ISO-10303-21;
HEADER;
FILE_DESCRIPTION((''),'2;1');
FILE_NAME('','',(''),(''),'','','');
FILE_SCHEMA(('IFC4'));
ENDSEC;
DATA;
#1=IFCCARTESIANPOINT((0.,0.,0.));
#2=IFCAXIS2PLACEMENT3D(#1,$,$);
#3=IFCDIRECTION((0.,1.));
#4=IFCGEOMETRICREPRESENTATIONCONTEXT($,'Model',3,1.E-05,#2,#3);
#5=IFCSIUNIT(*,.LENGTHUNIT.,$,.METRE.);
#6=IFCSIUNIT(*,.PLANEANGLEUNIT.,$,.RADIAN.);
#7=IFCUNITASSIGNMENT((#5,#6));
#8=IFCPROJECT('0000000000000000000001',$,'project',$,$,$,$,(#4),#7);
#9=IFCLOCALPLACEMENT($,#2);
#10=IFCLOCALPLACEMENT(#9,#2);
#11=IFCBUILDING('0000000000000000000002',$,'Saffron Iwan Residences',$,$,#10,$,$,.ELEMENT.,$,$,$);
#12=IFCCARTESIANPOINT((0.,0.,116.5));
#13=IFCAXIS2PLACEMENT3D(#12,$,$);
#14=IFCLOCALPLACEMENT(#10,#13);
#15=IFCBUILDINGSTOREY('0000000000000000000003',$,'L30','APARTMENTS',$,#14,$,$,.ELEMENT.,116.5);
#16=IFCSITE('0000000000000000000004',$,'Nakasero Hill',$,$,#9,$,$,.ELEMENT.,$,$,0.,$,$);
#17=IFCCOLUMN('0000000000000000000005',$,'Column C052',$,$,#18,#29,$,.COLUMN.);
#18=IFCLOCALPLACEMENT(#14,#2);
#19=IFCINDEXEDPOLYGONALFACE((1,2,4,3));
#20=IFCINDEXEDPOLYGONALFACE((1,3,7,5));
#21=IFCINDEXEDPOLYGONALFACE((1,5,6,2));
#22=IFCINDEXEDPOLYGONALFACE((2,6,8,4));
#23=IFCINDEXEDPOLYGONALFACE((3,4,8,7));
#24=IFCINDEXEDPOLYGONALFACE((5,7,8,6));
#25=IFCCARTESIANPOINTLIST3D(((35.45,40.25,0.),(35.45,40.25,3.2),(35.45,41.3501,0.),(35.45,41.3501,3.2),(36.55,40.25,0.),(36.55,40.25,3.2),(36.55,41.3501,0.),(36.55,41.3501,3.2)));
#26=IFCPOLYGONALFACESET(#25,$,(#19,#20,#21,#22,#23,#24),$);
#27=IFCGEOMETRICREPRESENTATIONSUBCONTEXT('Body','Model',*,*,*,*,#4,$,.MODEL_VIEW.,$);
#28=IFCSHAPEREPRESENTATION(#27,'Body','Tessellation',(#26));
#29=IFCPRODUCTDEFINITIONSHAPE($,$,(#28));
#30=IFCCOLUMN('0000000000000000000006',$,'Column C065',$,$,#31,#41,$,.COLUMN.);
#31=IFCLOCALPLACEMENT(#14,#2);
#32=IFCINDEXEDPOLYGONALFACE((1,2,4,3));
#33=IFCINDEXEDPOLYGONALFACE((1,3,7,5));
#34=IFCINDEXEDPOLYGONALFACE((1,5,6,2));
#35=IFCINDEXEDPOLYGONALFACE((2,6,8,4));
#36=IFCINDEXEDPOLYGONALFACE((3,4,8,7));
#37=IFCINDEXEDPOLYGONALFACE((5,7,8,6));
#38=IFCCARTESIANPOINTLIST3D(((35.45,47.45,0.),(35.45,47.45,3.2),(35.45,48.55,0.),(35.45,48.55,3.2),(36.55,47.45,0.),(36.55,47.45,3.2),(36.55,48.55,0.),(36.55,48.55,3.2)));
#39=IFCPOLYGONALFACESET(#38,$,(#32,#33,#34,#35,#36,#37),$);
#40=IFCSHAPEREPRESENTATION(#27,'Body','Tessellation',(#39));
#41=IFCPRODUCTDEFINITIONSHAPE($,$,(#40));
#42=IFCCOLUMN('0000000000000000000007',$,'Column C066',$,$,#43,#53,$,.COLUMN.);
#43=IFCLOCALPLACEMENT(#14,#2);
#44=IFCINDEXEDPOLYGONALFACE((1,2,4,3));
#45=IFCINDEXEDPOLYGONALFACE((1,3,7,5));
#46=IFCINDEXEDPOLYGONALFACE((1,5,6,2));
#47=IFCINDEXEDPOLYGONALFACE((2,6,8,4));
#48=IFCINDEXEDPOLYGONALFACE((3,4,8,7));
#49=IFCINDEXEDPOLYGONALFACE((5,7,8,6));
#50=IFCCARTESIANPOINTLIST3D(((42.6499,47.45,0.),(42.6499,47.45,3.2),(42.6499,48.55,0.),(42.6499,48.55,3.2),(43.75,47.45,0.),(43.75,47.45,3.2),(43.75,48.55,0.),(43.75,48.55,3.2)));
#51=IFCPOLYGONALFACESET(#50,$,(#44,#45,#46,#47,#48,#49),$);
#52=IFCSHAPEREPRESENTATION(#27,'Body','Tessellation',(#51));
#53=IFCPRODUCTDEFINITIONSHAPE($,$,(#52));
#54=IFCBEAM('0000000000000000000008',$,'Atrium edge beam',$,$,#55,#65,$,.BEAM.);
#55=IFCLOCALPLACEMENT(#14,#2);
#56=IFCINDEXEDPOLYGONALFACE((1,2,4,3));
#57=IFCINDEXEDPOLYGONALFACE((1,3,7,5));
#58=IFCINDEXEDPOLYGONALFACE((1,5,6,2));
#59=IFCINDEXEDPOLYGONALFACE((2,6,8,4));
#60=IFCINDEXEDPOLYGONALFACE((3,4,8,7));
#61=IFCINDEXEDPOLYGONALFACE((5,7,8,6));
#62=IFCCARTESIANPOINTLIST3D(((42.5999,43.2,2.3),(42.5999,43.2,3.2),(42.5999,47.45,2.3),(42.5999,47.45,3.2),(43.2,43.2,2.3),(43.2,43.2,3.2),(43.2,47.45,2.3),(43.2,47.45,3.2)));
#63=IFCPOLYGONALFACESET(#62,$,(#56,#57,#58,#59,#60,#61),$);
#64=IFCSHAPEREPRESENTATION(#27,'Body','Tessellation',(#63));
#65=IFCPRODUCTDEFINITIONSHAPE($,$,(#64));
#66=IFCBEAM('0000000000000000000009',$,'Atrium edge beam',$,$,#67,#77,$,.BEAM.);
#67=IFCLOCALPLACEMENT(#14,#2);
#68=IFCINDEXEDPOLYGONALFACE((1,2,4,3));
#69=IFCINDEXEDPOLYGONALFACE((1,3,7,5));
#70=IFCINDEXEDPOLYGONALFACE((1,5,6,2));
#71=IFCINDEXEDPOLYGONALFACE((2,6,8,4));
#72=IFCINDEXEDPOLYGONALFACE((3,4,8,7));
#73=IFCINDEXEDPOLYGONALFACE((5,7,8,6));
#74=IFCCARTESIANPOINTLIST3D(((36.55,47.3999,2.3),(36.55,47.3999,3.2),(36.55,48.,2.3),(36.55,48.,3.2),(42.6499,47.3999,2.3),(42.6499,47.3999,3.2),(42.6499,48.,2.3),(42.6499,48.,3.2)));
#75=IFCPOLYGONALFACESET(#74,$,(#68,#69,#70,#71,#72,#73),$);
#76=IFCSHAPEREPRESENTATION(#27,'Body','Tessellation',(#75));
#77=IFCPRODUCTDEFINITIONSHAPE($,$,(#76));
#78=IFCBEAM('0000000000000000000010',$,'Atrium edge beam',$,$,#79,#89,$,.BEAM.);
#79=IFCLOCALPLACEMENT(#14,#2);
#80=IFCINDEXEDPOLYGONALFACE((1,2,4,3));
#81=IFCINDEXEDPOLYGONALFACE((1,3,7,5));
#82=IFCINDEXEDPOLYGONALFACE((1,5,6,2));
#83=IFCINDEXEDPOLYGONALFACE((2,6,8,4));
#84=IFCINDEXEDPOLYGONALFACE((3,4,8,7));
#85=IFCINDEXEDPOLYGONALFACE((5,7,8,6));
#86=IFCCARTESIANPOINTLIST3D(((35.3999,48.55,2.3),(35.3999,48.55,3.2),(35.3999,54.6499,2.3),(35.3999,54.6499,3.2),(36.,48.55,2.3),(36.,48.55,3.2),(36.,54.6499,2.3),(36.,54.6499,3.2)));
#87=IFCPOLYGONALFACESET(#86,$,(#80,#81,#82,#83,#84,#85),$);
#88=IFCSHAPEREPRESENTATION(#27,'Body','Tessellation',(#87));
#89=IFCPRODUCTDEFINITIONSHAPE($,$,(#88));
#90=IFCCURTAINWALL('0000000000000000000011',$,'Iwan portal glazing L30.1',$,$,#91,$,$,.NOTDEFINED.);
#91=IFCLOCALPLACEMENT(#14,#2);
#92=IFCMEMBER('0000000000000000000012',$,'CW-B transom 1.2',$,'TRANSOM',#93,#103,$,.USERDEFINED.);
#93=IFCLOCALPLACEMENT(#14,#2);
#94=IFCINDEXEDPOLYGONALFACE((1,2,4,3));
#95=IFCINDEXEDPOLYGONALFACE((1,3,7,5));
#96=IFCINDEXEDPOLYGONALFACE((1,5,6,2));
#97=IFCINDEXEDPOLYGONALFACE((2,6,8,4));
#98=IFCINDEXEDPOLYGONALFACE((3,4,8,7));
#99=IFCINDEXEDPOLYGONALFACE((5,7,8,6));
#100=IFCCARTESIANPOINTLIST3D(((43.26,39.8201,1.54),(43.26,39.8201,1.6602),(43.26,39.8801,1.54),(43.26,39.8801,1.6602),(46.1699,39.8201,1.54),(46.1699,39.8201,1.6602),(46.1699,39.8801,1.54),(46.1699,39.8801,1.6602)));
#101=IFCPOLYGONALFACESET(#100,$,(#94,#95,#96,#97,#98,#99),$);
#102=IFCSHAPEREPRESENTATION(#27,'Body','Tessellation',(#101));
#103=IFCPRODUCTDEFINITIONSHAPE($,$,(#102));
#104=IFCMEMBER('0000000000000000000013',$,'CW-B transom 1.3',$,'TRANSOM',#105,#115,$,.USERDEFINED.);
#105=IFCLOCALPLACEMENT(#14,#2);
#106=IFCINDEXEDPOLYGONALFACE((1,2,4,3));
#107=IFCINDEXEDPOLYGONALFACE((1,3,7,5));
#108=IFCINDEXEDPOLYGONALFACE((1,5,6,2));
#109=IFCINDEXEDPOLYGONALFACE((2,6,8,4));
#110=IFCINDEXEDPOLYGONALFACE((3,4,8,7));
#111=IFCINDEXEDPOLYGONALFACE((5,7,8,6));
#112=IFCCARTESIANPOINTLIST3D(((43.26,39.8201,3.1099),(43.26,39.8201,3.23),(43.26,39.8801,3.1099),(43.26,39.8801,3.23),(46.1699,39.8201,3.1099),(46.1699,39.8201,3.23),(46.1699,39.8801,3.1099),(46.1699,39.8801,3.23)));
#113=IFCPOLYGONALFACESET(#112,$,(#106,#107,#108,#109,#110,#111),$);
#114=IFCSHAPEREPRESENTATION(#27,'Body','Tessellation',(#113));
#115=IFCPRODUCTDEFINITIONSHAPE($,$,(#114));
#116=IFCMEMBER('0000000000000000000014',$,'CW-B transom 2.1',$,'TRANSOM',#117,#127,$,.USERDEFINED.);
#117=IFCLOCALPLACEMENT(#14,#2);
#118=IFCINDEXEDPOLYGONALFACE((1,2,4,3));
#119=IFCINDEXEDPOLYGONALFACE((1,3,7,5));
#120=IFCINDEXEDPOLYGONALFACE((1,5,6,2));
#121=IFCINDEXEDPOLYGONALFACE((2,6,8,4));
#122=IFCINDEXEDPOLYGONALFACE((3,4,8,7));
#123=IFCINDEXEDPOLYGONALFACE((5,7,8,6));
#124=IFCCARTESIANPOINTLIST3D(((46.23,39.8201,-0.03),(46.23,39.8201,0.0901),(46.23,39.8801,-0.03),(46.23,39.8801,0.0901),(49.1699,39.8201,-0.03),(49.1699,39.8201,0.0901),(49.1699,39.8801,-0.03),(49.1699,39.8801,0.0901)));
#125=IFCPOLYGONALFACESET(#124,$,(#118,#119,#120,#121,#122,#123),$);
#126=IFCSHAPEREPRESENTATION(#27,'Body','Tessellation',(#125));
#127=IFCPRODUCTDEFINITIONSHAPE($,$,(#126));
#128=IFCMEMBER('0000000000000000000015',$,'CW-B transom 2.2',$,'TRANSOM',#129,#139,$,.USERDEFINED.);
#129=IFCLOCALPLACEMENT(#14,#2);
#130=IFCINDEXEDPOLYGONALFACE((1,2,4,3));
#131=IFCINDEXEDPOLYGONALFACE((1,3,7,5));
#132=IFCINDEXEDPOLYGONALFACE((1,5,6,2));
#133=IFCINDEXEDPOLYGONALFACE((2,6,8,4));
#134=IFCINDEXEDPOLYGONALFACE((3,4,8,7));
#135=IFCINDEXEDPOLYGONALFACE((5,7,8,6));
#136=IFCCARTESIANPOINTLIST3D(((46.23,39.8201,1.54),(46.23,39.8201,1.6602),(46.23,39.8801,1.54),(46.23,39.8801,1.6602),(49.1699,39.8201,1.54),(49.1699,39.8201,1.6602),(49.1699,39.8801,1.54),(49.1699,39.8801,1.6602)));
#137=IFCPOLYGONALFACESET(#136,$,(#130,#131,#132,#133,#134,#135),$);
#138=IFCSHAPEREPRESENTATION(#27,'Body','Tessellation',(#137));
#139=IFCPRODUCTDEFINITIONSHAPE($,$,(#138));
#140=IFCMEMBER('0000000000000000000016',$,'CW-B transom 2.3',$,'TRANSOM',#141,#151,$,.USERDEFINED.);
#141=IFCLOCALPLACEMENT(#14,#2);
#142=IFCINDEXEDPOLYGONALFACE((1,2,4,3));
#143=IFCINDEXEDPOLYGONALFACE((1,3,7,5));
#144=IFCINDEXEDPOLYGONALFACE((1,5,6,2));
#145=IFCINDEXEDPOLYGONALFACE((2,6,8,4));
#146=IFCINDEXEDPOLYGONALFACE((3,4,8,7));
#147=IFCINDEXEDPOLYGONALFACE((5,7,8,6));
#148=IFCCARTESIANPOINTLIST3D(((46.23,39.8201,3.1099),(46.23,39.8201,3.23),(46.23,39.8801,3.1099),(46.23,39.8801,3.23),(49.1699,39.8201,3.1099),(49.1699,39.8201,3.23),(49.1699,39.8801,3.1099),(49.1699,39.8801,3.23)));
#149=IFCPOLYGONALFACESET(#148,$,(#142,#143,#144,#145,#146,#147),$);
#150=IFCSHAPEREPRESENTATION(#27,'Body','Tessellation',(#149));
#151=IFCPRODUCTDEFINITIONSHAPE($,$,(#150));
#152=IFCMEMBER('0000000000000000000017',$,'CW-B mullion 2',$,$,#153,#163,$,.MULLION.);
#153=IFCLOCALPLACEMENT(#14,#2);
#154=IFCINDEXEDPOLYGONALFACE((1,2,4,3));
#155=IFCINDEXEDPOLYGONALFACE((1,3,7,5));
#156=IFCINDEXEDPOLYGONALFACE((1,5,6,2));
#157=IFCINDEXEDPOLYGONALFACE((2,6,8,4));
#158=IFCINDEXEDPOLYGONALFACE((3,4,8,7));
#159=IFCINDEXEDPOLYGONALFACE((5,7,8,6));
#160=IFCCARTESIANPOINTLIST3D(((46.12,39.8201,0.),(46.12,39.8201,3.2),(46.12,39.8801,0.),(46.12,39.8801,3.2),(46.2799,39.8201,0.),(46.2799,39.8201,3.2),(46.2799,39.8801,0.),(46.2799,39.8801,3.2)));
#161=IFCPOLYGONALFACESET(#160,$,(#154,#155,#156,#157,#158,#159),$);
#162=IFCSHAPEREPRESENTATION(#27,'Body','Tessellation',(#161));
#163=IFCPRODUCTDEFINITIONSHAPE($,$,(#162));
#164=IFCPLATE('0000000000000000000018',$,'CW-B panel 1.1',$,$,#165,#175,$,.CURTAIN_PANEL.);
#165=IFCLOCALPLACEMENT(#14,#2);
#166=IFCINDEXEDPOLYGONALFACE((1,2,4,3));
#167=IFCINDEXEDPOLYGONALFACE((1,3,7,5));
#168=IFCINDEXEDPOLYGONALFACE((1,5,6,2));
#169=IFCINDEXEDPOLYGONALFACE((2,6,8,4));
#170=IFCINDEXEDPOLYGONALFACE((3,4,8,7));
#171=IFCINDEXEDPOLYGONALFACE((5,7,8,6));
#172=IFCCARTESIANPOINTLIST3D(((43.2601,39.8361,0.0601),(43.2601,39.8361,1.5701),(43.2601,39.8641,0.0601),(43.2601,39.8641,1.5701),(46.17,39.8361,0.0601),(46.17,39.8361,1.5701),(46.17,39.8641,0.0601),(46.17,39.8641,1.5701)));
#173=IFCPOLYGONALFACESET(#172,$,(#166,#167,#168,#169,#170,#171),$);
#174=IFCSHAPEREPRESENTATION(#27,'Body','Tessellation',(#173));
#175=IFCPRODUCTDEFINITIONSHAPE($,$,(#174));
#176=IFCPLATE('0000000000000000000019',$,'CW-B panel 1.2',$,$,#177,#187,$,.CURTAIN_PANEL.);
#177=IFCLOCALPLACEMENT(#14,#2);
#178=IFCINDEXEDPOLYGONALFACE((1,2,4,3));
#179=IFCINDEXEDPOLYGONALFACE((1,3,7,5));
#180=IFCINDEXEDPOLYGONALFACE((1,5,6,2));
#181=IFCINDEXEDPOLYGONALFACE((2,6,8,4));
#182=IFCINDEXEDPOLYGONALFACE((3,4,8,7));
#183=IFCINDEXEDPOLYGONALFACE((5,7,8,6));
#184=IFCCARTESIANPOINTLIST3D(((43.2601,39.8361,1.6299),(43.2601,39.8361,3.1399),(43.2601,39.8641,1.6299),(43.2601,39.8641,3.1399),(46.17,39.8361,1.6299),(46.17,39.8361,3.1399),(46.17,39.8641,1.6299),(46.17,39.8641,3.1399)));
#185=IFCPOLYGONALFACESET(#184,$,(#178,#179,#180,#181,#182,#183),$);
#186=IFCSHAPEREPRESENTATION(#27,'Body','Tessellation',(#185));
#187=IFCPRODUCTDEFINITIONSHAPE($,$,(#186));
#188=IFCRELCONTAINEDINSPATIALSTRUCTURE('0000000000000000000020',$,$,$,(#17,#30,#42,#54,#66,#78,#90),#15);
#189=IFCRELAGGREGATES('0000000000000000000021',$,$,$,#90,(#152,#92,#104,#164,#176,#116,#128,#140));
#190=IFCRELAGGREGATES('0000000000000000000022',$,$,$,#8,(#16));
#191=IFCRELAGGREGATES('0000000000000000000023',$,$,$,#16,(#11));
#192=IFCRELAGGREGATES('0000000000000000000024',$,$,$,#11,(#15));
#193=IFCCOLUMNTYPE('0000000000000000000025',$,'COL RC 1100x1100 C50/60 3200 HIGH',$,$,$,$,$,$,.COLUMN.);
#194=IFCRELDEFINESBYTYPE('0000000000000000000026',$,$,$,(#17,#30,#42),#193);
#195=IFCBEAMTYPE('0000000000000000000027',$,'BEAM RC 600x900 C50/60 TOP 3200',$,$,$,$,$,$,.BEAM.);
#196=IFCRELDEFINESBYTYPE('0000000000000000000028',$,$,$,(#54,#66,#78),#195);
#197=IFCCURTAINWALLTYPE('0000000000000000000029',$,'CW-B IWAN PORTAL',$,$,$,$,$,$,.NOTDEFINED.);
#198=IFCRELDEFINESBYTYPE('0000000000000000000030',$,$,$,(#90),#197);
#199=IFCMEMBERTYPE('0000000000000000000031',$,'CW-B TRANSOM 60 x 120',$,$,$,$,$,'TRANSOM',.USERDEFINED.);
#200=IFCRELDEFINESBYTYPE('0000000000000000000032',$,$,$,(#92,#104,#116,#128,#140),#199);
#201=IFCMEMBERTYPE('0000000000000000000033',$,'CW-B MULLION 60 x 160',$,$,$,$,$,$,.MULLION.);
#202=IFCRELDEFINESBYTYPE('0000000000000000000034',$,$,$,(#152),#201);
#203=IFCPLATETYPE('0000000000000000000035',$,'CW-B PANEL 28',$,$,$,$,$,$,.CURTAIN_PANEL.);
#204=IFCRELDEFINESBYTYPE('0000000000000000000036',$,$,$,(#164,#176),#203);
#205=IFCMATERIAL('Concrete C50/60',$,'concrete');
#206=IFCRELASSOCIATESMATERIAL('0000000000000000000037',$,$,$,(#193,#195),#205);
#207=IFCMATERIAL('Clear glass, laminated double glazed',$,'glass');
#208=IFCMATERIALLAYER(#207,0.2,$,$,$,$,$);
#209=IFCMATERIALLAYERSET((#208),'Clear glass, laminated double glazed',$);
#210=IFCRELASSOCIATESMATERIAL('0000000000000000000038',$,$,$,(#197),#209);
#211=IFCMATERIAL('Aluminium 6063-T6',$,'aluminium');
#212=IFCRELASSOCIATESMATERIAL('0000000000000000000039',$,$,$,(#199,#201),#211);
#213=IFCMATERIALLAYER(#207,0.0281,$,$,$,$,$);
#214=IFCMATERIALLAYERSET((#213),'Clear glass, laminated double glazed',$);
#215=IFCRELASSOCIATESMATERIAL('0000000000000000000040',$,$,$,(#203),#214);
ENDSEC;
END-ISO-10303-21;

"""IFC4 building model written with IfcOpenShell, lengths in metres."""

from ifc_helpers import new_model, si_unit, direction, frame, origin, origin_2d, place, context, subcontext, project, spatial, rectangle, extrude, source, transform, mapped, material, layer, layer_set, material_profile, profile_set, type_object, element, aggregate, save


model = new_model("IFC4")

# Units and contexts
model_context = context("Model", 3, precision=1e-05, world=origin(), true_north=direction((0.0, 1.0)))
body_context = subcontext(model_context, "Body", "Model", "MODEL_VIEW")
ifc_project = project(units=[si_unit("LENGTHUNIT", "METRE"), si_unit("PLANEANGLEUNIT", "RADIAN")], contexts=[model_context])

# Site, building, storey
site_placement = place(None, origin())
site = spatial("IfcSite", under=ifc_project, at=site_placement, Name="Nakasero Hill", CompositionType="ELEMENT", RefElevation=0.0)
building_placement = place(site_placement, origin())
building = spatial("IfcBuilding", under=site, at=building_placement, Name="Saffron Iwan Residences", CompositionType="ELEMENT")
storey_placement = place(building_placement, frame((0.0, 0.0, 116.5)))
storey = spatial("IfcBuildingStorey", under=building, at=storey_placement, Name="L30", Description="APARTMENTS", CompositionType="ELEMENT", Elevation=116.5)

# Columns
ifc_material_1 = material(Name="Concrete C50/60", Category="concrete")
ifc_material_profile_1 = material_profile(ifc_material_1, rectangle(XDim=1.1001, YDim=1.1001, at=origin_2d()), Name="RC 1100x1100")
ifc_profile_set_1 = profile_set([ifc_material_profile_1], Name="Concrete C50/60")
column_type = type_object("IfcColumnType", Name="COL RC 1100x1100 C50/60 3200 HIGH", PredefinedType="COLUMN", material=ifc_profile_set_1)
shared_shape_1 = source(origin(), body_context, "Body", "SweptSolid", [
    extrude(rectangle(XDim=1.1001, YDim=1.1001, at=origin_2d()), origin(), (0.0, 0.0, 1.0), 3.2),
])
for number, where, z_axis, x_axis, name in (
    (1, (36.0, 40.8, 0.0), (0.0, 0.0, 1.0), (1.0, 0.0, 0.0), "Column C052"),
    (2, (36.0, 48.0, 0.0), (0.0, 0.0, 1.0), (1.0, 0.0, 0.0), "Column C065"),
    (3, (43.2, 48.0, 0.0), (0.0, 0.0, 1.0), (1.0, 0.0, 0.0), "Column C066"),
):
    element("IfcColumn", number, at=place(storey_placement, frame(where, z_axis=z_axis, x_axis=x_axis)), inside=storey, type_object=column_type, Name=name, PredefinedType="COLUMN", context=body_context, shape_type="MappedRepresentation", body=[
        mapped(shared_shape_1, transform((0.0, 0.0, 0.0))),
    ])

# Beams
ifc_material_profile_2 = material_profile(ifc_material_1, rectangle(XDim=0.6001, YDim=0.8999, at=origin_2d()), Name="RC 600x900")
ifc_profile_set_2 = profile_set([ifc_material_profile_2], Name="Concrete C50/60")
beam_type = type_object("IfcBeamType", Name="BEAM RC 600x900 C50/60 TOP 3200", PredefinedType="BEAM", material=ifc_profile_set_2)
shared_shape_2 = source(origin(), body_context, "Body", "SweptSolid", [
    extrude(rectangle(XDim=0.6001, YDim=0.8999, at=origin_2d()), origin(), (0.0, 0.0, 1.0), 4.25),
])
beam_placement = place(storey_placement, frame((42.8999, 43.2, 2.75), z_axis=(0.0, 1.0, 0.0), x_axis=(-1.0, 0.0, 0.0)))
element("IfcBeam", 4, at=beam_placement, inside=storey, type_object=beam_type, Name="Atrium edge beam", PredefinedType="BEAM", context=body_context, shape_type="MappedRepresentation", body=[
    mapped(shared_shape_2, transform((0.0, 0.0, 0.0))),
])
shared_shape_3 = source(origin(), body_context, "Body", "SweptSolid", [
    extrude(rectangle(XDim=0.6001, YDim=0.8999, at=origin_2d()), origin(), (0.0, 0.0, 1.0), 6.0999),
])
for number, where, z_axis, x_axis, name in (
    (5, (42.6499, 47.7, 2.75), (-1.0, 0.0, 0.0), (0.0, -1.0, 0.0), "Atrium edge beam"),
    (6, (35.7, 48.55, 2.75), (0.0, 1.0, 0.0), (-1.0, 0.0, 0.0), "Atrium edge beam"),
):
    element("IfcBeam", number, at=place(storey_placement, frame(where, z_axis=z_axis, x_axis=x_axis)), inside=storey, type_object=beam_type, Name=name, PredefinedType="BEAM", context=body_context, shape_type="MappedRepresentation", body=[
        mapped(shared_shape_3, transform((0.0, 0.0, 0.0))),
    ])

# Curtain wall, members, plates
ifc_material_2 = material(Name="Clear glass, laminated double glazed", Category="glass")
ifc_layer_1 = layer(ifc_material_2, 0.2)
ifc_layer_set_1 = layer_set([ifc_layer_1], Name="Clear glass, laminated double glazed")
curtain_wall_type = type_object("IfcCurtainWallType", Name="CW-B IWAN PORTAL", PredefinedType="NOTDEFINED", material=ifc_layer_set_1)
curtain_wall_placement = place(storey_placement, origin())
curtain_wall = element("IfcCurtainWall", 7, at=curtain_wall_placement, inside=storey, type_object=curtain_wall_type, Name="Iwan portal glazing L30.1", PredefinedType="NOTDEFINED")
ifc_material_3 = material(Name="Aluminium 6063-T6", Category="aluminium")
ifc_material_profile_3 = material_profile(ifc_material_3, rectangle(XDim=0.0601, YDim=0.1201, at=origin_2d()), Name="CW-B TRANSOM 60 x 120")
ifc_profile_set_3 = profile_set([ifc_material_profile_3], Name="Aluminium 6063-T6")
member_type_1 = type_object("IfcMemberType", Name="CW-B TRANSOM 60 x 120", ElementType="TRANSOM", PredefinedType="USERDEFINED", material=ifc_profile_set_3)
shared_shape_4 = source(origin(), body_context, "Body", "SweptSolid", [
    extrude(rectangle(XDim=0.0601, YDim=0.1201, at=origin_2d()), origin(), (0.0, 0.0, 1.0), 2.9099),
])
member_1_placement = place(storey_placement, frame((43.26, 39.8501, 1.6001), z_axis=(1.0, 0.0, 0.0), x_axis=(0.0, 1.0, 0.0)))
member_1 = element("IfcMember", 8, at=member_1_placement, type_object=member_type_1, Name="CW-B transom 1.2", ObjectType="TRANSOM", PredefinedType="USERDEFINED", context=body_context, shape_type="MappedRepresentation", body=[
    mapped(shared_shape_4, transform((0.0, 0.0, 0.0))),
])
member_2_placement = place(storey_placement, frame((43.26, 39.8501, 3.1699), z_axis=(1.0, 0.0, 0.0), x_axis=(0.0, 1.0, 0.0)))
member_2 = element("IfcMember", 9, at=member_2_placement, type_object=member_type_1, Name="CW-B transom 1.3", ObjectType="TRANSOM", PredefinedType="USERDEFINED", context=body_context, shape_type="MappedRepresentation", body=[
    mapped(shared_shape_4, transform((0.0, 0.0, 0.0))),
])
shared_shape_5 = source(origin(), body_context, "Body", "SweptSolid", [
    extrude(rectangle(XDim=0.0601, YDim=0.1201, at=origin_2d()), origin(), (0.0, 0.0, 1.0), 2.9399),
])
member_3_placement = place(storey_placement, frame((46.23, 39.8501, 0.03), z_axis=(1.0, 0.0, 0.0), x_axis=(0.0, 1.0, 0.0)))
member_3 = element("IfcMember", 10, at=member_3_placement, type_object=member_type_1, Name="CW-B transom 2.1", ObjectType="TRANSOM", PredefinedType="USERDEFINED", context=body_context, shape_type="MappedRepresentation", body=[
    mapped(shared_shape_5, transform((0.0, 0.0, 0.0))),
])
member_4_placement = place(storey_placement, frame((46.23, 39.8501, 1.6001), z_axis=(1.0, 0.0, 0.0), x_axis=(0.0, 1.0, 0.0)))
member_4 = element("IfcMember", 11, at=member_4_placement, type_object=member_type_1, Name="CW-B transom 2.2", ObjectType="TRANSOM", PredefinedType="USERDEFINED", context=body_context, shape_type="MappedRepresentation", body=[
    mapped(shared_shape_5, transform((0.0, 0.0, 0.0))),
])
member_5_placement = place(storey_placement, frame((46.23, 39.8501, 3.1699), z_axis=(1.0, 0.0, 0.0), x_axis=(0.0, 1.0, 0.0)))
member_5 = element("IfcMember", 12, at=member_5_placement, type_object=member_type_1, Name="CW-B transom 2.3", ObjectType="TRANSOM", PredefinedType="USERDEFINED", context=body_context, shape_type="MappedRepresentation", body=[
    mapped(shared_shape_5, transform((0.0, 0.0, 0.0))),
])
ifc_material_profile_4 = material_profile(ifc_material_3, rectangle(XDim=0.0601, YDim=0.1599, at=origin_2d()), Name="CW-B MULLION 60 x 160")
ifc_profile_set_4 = profile_set([ifc_material_profile_4], Name="Aluminium 6063-T6")
member_type_2 = type_object("IfcMemberType", Name="CW-B MULLION 60 x 160", PredefinedType="MULLION", material=ifc_profile_set_4)
shared_shape_6 = source(origin(), body_context, "Body", "SweptSolid", [
    extrude(rectangle(XDim=0.0601, YDim=0.1599, at=origin_2d()), origin(), (0.0, 0.0, 1.0), 3.2),
])
member_6_placement = place(storey_placement, frame((46.2, 39.8501, 0.0), z_axis=(0.0, 0.0, 1.0), x_axis=(0.0, 1.0, 0.0)))
member_6 = element("IfcMember", 13, at=member_6_placement, type_object=member_type_2, Name="CW-B mullion 2", PredefinedType="MULLION", context=body_context, shape_type="MappedRepresentation", body=[
    mapped(shared_shape_6, transform((0.0, 0.0, 0.0))),
])
ifc_layer_2 = layer(ifc_material_2, 0.0281)
ifc_layer_set_2 = layer_set([ifc_layer_2], Name="Clear glass, laminated double glazed")
plate_type = type_object("IfcPlateType", Name="CW-B PANEL 28", PredefinedType="CURTAIN_PANEL", material=ifc_layer_set_2)
shared_shape_7 = source(origin(), body_context, "Body", "SweptSolid", [
    extrude(rectangle(XDim=2.9099, YDim=0.0281, at=origin_2d()), origin(), (0.0, 0.0, 1.0), 1.51),
])
plate_1_placement = place(storey_placement, frame((44.7151, 39.8501, 0.0601), z_axis=(0.0, 0.0, 1.0), x_axis=(1.0, 0.0, 0.0)))
plate_1 = element("IfcPlate", 14, at=plate_1_placement, type_object=plate_type, Name="CW-B panel 1.1", PredefinedType="CURTAIN_PANEL", context=body_context, shape_type="MappedRepresentation", body=[
    mapped(shared_shape_7, transform((0.0, 0.0, 0.0))),
])
plate_2_placement = place(storey_placement, frame((44.7151, 39.8501, 1.6299), z_axis=(0.0, 0.0, 1.0), x_axis=(1.0, 0.0, 0.0)))
plate_2 = element("IfcPlate", 15, at=plate_2_placement, type_object=plate_type, Name="CW-B panel 1.2", PredefinedType="CURTAIN_PANEL", context=body_context, shape_type="MappedRepresentation", body=[
    mapped(shared_shape_7, transform((0.0, 0.0, 0.0))),
])
aggregate(curtain_wall, [member_6, member_1, member_2, plate_1, plate_2, member_3, member_4, member_5])

save(model, "model.ifc")
